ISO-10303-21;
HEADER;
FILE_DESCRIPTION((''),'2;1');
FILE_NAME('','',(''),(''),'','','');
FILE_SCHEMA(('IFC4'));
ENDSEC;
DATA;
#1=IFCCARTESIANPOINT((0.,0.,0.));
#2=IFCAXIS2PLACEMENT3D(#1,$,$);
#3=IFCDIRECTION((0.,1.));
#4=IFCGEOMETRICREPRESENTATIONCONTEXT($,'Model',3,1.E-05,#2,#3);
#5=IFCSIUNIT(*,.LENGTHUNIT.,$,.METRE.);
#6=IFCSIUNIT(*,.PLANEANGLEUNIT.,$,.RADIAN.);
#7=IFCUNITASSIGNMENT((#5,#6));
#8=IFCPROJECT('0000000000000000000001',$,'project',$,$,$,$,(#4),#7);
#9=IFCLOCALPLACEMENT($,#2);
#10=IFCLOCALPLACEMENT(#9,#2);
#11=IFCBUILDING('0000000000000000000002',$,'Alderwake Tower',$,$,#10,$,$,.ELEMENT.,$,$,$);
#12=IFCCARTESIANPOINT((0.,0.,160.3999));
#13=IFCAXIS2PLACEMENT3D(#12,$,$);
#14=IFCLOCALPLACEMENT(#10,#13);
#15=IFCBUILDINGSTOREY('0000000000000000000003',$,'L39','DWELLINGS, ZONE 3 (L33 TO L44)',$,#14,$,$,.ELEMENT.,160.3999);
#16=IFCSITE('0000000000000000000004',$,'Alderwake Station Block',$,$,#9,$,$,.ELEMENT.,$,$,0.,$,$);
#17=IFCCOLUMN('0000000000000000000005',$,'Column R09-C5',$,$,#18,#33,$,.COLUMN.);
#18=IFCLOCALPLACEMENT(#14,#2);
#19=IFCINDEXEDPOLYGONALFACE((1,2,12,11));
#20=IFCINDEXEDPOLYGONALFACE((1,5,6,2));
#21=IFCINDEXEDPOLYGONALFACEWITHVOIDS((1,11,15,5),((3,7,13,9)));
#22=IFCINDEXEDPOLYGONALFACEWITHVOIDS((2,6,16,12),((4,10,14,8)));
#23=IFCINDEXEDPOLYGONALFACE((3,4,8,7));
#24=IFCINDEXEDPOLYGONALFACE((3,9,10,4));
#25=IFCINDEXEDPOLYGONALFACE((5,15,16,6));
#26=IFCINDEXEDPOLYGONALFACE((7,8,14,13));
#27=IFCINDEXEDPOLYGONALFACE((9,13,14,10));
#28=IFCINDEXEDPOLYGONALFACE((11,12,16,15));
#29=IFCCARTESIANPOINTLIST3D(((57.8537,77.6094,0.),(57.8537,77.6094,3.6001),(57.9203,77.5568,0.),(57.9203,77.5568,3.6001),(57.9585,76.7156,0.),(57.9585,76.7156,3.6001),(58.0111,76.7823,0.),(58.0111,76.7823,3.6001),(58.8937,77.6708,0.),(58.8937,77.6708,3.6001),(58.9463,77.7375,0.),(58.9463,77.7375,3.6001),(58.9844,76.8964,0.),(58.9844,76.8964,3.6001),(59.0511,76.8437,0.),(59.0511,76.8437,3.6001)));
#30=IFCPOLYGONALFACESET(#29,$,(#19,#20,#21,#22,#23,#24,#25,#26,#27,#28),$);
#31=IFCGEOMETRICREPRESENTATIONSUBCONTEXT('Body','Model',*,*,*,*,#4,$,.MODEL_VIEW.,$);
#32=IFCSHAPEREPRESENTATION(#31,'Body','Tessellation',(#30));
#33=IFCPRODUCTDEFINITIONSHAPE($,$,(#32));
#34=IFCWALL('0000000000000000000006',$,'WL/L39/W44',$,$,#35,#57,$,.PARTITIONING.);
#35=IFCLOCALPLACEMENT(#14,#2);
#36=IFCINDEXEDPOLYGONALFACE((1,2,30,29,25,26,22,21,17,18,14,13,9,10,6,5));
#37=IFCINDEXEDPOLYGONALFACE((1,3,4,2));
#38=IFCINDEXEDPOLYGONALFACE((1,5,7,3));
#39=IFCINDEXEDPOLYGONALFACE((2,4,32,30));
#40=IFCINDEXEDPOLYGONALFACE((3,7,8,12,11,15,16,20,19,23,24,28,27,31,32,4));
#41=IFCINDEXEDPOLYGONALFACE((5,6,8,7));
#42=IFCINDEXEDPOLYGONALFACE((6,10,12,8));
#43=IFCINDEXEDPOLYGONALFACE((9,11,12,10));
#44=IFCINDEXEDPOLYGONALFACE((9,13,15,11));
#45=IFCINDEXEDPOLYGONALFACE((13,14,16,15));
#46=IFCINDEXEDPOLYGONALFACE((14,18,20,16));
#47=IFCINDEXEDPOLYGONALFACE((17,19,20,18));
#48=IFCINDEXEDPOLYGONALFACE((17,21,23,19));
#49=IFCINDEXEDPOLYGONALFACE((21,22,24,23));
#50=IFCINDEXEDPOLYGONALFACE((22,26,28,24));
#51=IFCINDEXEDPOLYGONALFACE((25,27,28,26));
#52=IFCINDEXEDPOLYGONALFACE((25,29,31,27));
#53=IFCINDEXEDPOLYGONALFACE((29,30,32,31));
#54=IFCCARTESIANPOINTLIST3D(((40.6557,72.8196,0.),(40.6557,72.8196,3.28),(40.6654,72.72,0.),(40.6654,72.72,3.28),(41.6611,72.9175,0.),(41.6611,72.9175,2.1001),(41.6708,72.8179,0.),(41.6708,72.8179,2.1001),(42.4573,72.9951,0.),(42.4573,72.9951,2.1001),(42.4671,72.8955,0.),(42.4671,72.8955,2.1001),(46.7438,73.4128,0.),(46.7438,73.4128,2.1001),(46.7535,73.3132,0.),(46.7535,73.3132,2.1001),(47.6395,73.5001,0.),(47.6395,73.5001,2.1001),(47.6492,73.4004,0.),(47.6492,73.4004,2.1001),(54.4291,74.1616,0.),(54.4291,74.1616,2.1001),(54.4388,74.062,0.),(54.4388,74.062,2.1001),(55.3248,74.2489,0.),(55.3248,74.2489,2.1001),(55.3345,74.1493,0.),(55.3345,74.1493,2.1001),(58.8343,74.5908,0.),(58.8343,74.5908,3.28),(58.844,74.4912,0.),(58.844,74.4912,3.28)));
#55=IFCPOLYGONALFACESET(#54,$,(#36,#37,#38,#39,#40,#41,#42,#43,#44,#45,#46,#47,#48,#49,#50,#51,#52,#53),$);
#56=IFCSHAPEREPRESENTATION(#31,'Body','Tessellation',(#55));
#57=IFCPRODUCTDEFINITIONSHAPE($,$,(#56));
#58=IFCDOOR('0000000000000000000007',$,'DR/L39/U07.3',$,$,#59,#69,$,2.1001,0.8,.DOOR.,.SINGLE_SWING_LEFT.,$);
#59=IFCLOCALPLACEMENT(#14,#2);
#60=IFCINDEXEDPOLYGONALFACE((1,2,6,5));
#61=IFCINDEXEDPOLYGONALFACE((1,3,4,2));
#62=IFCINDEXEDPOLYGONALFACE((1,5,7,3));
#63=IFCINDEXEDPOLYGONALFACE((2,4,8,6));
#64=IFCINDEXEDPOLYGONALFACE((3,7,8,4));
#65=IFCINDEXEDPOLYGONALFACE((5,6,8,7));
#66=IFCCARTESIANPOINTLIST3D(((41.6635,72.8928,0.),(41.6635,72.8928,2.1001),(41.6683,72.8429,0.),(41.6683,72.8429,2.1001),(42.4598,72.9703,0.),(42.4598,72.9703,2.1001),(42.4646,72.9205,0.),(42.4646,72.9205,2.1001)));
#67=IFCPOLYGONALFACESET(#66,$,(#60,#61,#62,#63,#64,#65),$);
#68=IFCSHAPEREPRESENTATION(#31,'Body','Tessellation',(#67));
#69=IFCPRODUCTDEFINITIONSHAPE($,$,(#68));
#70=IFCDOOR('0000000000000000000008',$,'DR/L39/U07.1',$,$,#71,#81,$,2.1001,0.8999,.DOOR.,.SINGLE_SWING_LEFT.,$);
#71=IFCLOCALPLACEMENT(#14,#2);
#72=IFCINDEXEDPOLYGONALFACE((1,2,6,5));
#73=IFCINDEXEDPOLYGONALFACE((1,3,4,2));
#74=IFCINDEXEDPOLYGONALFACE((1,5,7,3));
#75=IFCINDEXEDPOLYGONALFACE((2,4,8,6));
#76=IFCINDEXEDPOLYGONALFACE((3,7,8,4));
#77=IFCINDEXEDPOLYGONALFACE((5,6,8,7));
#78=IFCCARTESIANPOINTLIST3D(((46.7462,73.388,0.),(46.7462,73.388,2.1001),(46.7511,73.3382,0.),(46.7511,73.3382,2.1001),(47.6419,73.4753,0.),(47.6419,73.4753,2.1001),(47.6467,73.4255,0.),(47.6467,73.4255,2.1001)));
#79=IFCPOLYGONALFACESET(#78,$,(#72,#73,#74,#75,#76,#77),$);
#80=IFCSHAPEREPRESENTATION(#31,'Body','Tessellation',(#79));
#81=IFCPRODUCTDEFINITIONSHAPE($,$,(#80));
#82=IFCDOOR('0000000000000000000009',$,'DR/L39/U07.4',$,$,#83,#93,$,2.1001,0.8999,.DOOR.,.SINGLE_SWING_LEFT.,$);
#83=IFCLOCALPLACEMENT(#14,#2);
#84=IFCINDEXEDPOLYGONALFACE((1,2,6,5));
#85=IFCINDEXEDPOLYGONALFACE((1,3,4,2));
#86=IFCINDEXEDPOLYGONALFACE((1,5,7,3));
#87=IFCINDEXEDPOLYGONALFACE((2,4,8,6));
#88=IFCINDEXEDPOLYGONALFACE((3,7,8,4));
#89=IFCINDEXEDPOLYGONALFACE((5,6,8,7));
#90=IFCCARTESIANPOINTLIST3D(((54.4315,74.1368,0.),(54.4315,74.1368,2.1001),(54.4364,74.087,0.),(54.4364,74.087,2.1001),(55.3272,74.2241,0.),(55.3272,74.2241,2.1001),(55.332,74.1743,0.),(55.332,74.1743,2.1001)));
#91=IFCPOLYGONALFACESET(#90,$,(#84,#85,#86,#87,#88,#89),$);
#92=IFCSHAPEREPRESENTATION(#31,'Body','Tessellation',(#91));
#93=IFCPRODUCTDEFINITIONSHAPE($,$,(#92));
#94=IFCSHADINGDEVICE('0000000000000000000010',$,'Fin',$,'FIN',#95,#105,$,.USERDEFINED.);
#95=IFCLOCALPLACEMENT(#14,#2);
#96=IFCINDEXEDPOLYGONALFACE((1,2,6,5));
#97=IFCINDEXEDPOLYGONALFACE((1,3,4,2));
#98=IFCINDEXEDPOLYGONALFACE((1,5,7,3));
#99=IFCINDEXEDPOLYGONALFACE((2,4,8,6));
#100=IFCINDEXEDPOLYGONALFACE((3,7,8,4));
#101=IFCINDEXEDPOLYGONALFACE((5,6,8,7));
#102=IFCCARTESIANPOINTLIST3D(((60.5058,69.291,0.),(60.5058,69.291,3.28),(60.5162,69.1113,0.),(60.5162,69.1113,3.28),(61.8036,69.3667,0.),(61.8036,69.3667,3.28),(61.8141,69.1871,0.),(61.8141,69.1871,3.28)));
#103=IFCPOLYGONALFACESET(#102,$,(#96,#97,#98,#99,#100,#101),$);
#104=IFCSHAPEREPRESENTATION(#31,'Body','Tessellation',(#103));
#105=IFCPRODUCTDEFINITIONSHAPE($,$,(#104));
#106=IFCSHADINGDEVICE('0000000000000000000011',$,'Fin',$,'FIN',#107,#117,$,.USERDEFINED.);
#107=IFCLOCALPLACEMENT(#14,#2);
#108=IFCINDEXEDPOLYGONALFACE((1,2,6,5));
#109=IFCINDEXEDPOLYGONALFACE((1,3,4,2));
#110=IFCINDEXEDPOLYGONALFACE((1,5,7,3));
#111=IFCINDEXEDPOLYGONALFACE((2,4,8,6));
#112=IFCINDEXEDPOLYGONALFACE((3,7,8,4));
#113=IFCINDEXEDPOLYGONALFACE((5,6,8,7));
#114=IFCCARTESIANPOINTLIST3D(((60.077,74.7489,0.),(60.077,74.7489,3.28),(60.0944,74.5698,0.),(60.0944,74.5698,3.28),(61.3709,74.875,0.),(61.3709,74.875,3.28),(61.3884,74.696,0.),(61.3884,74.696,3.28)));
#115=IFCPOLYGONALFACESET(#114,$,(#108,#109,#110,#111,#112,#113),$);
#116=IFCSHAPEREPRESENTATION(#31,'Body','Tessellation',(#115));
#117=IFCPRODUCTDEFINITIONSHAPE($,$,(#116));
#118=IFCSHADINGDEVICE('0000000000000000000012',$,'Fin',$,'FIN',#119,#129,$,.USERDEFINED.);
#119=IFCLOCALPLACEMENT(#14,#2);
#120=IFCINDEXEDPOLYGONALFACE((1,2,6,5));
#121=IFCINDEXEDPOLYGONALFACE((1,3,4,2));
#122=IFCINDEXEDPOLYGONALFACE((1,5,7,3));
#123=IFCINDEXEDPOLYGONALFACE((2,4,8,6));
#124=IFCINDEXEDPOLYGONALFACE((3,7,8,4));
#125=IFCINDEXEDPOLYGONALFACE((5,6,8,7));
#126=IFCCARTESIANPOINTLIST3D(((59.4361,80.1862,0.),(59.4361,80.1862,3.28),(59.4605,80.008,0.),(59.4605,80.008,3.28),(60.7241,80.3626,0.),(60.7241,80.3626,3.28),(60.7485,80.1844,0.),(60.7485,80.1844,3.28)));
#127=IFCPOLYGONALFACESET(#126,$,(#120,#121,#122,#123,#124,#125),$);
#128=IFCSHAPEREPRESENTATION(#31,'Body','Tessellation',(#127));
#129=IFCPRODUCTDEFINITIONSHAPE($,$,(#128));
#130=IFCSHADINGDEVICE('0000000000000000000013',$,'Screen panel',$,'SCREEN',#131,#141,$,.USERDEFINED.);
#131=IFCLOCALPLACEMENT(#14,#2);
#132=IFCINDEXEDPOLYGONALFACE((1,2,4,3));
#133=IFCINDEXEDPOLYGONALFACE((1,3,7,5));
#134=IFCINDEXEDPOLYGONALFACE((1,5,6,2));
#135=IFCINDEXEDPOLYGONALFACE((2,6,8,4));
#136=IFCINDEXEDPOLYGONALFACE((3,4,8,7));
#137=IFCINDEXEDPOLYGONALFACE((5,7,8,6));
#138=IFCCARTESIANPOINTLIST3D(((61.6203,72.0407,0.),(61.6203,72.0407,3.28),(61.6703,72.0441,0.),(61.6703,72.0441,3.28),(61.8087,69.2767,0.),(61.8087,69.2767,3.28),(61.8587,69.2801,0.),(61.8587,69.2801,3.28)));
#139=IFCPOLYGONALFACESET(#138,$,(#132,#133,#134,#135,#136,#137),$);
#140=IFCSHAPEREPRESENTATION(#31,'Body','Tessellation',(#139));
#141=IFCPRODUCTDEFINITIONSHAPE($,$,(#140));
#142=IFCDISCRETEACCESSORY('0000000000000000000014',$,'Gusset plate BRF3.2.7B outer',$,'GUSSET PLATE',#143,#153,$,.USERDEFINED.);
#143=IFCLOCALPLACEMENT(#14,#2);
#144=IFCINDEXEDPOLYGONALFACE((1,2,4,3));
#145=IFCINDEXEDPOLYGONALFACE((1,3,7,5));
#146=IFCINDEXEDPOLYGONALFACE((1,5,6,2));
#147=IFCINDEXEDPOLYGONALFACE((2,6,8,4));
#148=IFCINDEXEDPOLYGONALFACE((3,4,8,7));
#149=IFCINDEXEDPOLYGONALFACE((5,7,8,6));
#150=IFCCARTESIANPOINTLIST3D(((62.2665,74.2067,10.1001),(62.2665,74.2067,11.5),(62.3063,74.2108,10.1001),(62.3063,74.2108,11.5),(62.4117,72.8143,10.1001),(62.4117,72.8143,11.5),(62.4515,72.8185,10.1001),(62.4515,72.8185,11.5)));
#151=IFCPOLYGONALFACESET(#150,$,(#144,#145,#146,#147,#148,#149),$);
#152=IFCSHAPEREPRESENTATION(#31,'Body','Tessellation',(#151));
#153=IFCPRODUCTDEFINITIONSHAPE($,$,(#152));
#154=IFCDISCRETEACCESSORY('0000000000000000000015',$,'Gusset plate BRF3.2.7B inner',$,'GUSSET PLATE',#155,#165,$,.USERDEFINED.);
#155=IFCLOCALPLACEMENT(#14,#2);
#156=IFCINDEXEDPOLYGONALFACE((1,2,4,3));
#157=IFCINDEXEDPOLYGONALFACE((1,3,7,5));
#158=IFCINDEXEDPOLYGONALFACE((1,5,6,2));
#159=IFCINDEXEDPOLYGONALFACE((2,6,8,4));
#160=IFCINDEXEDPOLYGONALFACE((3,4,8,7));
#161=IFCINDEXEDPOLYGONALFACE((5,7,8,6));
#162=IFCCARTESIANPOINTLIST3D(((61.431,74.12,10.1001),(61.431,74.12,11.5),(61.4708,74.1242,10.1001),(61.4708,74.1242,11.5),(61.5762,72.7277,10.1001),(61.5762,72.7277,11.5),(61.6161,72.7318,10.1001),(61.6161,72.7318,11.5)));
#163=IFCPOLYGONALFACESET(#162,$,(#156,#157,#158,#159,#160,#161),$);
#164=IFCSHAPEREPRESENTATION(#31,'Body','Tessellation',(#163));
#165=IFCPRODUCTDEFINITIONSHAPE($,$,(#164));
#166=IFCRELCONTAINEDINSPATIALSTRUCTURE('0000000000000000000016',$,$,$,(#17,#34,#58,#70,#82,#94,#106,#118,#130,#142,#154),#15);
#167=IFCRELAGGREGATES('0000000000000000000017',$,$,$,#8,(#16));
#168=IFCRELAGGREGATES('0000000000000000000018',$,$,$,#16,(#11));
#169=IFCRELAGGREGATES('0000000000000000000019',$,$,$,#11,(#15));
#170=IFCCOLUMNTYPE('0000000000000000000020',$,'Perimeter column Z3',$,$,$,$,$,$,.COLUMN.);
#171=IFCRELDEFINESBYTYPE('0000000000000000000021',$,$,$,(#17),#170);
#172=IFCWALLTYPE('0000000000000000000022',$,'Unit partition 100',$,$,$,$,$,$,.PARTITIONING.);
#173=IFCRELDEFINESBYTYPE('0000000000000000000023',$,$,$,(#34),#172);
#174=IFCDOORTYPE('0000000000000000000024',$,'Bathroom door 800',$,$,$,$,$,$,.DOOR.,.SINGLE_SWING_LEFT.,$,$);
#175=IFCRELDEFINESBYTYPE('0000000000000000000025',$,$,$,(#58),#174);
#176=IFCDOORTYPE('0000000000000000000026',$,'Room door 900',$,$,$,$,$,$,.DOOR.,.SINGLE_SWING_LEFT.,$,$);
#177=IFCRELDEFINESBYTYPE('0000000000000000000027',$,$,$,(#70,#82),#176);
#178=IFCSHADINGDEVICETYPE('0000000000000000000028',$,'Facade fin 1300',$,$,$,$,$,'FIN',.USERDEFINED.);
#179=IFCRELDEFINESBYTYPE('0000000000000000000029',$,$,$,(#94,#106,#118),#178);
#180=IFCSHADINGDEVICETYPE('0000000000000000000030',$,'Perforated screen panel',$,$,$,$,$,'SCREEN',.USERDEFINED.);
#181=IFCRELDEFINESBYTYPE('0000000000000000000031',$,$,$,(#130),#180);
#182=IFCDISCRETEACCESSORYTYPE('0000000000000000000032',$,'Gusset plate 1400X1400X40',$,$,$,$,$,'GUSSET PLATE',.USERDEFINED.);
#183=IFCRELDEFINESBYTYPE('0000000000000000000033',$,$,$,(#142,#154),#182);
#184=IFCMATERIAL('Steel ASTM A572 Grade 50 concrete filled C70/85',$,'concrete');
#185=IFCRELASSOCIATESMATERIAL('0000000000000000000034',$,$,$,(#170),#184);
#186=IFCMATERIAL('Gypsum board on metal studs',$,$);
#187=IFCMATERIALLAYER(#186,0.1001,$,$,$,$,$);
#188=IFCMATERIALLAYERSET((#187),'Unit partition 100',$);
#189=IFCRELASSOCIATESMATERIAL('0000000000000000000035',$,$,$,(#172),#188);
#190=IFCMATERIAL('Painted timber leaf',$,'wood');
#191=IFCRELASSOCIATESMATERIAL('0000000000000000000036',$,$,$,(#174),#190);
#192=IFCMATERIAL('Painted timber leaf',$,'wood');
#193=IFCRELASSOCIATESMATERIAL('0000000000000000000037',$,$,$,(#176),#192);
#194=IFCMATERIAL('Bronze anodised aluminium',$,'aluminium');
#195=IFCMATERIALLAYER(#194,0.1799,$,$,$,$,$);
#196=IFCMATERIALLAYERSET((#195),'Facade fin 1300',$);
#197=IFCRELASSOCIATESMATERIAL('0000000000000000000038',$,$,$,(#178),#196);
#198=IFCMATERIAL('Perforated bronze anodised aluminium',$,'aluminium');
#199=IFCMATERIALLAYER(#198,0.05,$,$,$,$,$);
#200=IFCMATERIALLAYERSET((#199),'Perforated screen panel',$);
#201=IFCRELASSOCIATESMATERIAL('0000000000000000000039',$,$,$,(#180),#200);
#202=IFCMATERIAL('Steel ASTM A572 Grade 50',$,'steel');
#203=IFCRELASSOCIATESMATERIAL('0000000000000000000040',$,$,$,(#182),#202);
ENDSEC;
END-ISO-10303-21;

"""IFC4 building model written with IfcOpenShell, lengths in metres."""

from ifc_helpers import new_model, si_unit, direction, frame, frame_2d, origin, origin_2d, place, context, subcontext, project, spatial, rectangle, hollow_rectangle, extrude, material, layer, layer_set, material_profile, profile_set, type_object, element, fill, save


model = new_model("IFC4")

# Units and contexts
model_context = context("Model", 3, precision=1e-05, world=origin(), true_north=direction((0.0, 1.0)))
body_context = subcontext(model_context, "Body", "Model", "MODEL_VIEW")
ifc_project = project(units=[si_unit("LENGTHUNIT", "METRE"), si_unit("PLANEANGLEUNIT", "RADIAN")], contexts=[model_context])

# Site, building, storey
site_placement = place(None, origin())
site = spatial("IfcSite", under=ifc_project, at=site_placement, Name="Alderwake Station Block", CompositionType="ELEMENT", RefElevation=0.0)
building_placement = place(site_placement, origin())
building = spatial("IfcBuilding", under=site, at=building_placement, Name="Alderwake Tower", CompositionType="ELEMENT")
storey_placement = place(building_placement, frame((0.0, 0.0, 160.3999)))
storey = spatial("IfcBuildingStorey", under=building, at=storey_placement, Name="L39", Description="DWELLINGS, ZONE 3 (L33 TO L44)", CompositionType="ELEMENT", Elevation=160.3999)

# Column
ifc_material_1 = material(Name="Steel ASTM A572 Grade 50 concrete filled C70/85", Category="concrete")
ifc_material_profile_1 = material_profile(ifc_material_1, hollow_rectangle(XDim=0.8999, YDim=1.1001, WallThickness=0.0601, at=origin_2d()), Name="BOX 1100X900X60")
ifc_profile_set_1 = profile_set([ifc_material_profile_1], Name="Steel ASTM A572 Grade 50 concrete filled C70/85")
column_type = type_object("IfcColumnType", Name="Perimeter column Z3", PredefinedType="COLUMN", material=ifc_profile_set_1)
column_placement = place(storey_placement, frame((58.4524, 77.2266, 0.0), z_axis=(0.0, 0.0, 1.0), x_axis=(-0.116402, 0.993202, 0.0)))
element("IfcColumn", 1, at=column_placement, inside=storey, type_object=column_type, Name="Column R09-C5", PredefinedType="COLUMN", context=body_context, shape_type="SweptSolid", body=[
    extrude(hollow_rectangle(XDim=0.8999, YDim=1.1001, WallThickness=0.0601, at=origin_2d()), origin(), (0.0, 0.0, 1.0), 3.6001),
])

# Wall, openings, doors
ifc_material_2 = material(Name="Gypsum board on metal studs")
ifc_layer_1 = layer(ifc_material_2, 0.1001)
ifc_layer_set_1 = layer_set([ifc_layer_1], Name="Unit partition 100")
wall_type_1 = type_object("IfcWallType", Name="Unit partition 100", PredefinedType="PARTITIONING", material=ifc_layer_set_1)
wall_1_placement = place(storey_placement, frame((58.8391, 74.541, 0.0), z_axis=(0.0, 0.0, 1.0), x_axis=(-0.995287, -0.096977, 0.0)))
wall_1 = element("IfcWall", 2, at=wall_1_placement, inside=storey, type_object=wall_type_1, Name="WL/L39/W44", PredefinedType="PARTITIONING", context=body_context, shape_type="SweptSolid", body=[
    extrude(rectangle(XDim=18.2646, YDim=0.1001, at=frame_2d((9.1323, 0.0))), origin(), (0.0, 0.0, 1.0), 3.28),
])
opening_1_placement = place(wall_1_placement, frame((11.2478, 0.0, 0.0)))
opening_1 = element("IfcOpeningElement", 3, at=opening_1_placement, cuts=wall_1, PredefinedType="OPENING", context=body_context, shape_type="SweptSolid", body=[
    extrude(rectangle(XDim=0.8999, YDim=2.1001, at=frame_2d((0.45, 1.05))), frame((0.0, 0.0601, 0.0), z_axis=(0.0, -1.0, 0.0), x_axis=(1.0, 0.0, 0.0)), (0.0, 0.0, 1.0), 0.1201),
])
opening_2_placement = place(wall_1_placement, frame((16.4546, 0.0, 0.0)))
opening_2 = element("IfcOpeningElement", 4, at=opening_2_placement, cuts=wall_1, PredefinedType="OPENING", context=body_context, shape_type="SweptSolid", body=[
    extrude(rectangle(XDim=0.8, YDim=2.1001, at=frame_2d((0.3999, 1.05))), frame((0.0, 0.0601, 0.0), z_axis=(0.0, -1.0, 0.0), x_axis=(1.0, 0.0, 0.0)), (0.0, 0.0, 1.0), 0.1201),
])
opening_3_placement = place(wall_1_placement, frame((3.5261, 0.0, 0.0)))
opening_3 = element("IfcOpeningElement", 5, at=opening_3_placement, cuts=wall_1, PredefinedType="OPENING", context=body_context, shape_type="SweptSolid", body=[
    extrude(rectangle(XDim=0.8999, YDim=2.1001, at=frame_2d((0.45, 1.05))), frame((0.0, 0.0601, 0.0), z_axis=(0.0, -1.0, 0.0), x_axis=(1.0, 0.0, 0.0)), (0.0, 0.0, 1.0), 0.1201),
])
ifc_material_3 = material(Name="Painted timber leaf", Category="wood")
door_type_1 = type_object("IfcDoorType", Name="Bathroom door 800", OperationType="SINGLE_SWING_LEFT", PredefinedType="DOOR", material=ifc_material_3)
door_1_placement = place(opening_2_placement, origin())
door_1 = element("IfcDoor", 6, at=door_1_placement, inside=storey, type_object=door_type_1, Name="DR/L39/U07.3", OperationType="SINGLE_SWING_LEFT", OverallHeight=2.1001, OverallWidth=0.8, PredefinedType="DOOR", context=body_context, shape_type="SweptSolid", body=[
    extrude(rectangle(XDim=0.8, YDim=2.1001, at=frame_2d((0.3999, 1.05))), frame((0.0, 0.0249, 0.0), z_axis=(0.0, -1.0, 0.0), x_axis=(1.0, 0.0, 0.0)), (0.0, 0.0, 1.0), 0.05),
])
fill(opening_2, door_1)
ifc_material_4 = material(Name="Painted timber leaf", Category="wood")
door_type_2 = type_object("IfcDoorType", Name="Room door 900", OperationType="SINGLE_SWING_LEFT", PredefinedType="DOOR", material=ifc_material_4)
door_2_placement = place(opening_1_placement, origin())
door_2 = element("IfcDoor", 7, at=door_2_placement, inside=storey, type_object=door_type_2, Name="DR/L39/U07.1", OperationType="SINGLE_SWING_LEFT", OverallHeight=2.1001, OverallWidth=0.8999, PredefinedType="DOOR", context=body_context, shape_type="SweptSolid", body=[
    extrude(rectangle(XDim=0.8999, YDim=2.1001, at=frame_2d((0.45, 1.05))), frame((0.0, 0.0249, 0.0), z_axis=(0.0, -1.0, 0.0), x_axis=(1.0, 0.0, 0.0)), (0.0, 0.0, 1.0), 0.05),
])
fill(opening_1, door_2)
door_3_placement = place(opening_3_placement, origin())
door_3 = element("IfcDoor", 8, at=door_3_placement, inside=storey, type_object=door_type_2, Name="DR/L39/U07.4", OperationType="SINGLE_SWING_LEFT", OverallHeight=2.1001, OverallWidth=0.8999, PredefinedType="DOOR", context=body_context, shape_type="SweptSolid", body=[
    extrude(rectangle(XDim=0.8999, YDim=2.1001, at=frame_2d((0.45, 1.05))), frame((0.0, 0.0249, 0.0), z_axis=(0.0, -1.0, 0.0), x_axis=(1.0, 0.0, 0.0)), (0.0, 0.0, 1.0), 0.05),
])
fill(opening_3, door_3)

# Shading devices
ifc_material_5 = material(Name="Bronze anodised aluminium", Category="aluminium")
ifc_layer_2 = layer(ifc_material_5, 0.1799)
ifc_layer_set_2 = layer_set([ifc_layer_2], Name="Facade fin 1300")
shading_device_type_1 = type_object("IfcShadingDeviceType", Name="Facade fin 1300", ElementType="FIN", PredefinedType="USERDEFINED", material=ifc_layer_set_2)
for number, where, z_axis, x_axis, name in (
    (9, (61.1599, 69.239, 0.0), (0.0, 0.0, 1.0), (0.998301, 0.058266, 0.0), "Fin"),
    (10, (60.7327, 74.7224, 0.0), (0.0, 0.0, 1.0), (0.99528, 0.097046, 0.0), "Fin"),
    (11, (60.0923, 80.1853, 0.0), (0.0, 0.0, 1.0), (0.990753, 0.135681, 0.0), "Fin"),
):
    element("IfcShadingDevice", number, at=place(storey_placement, frame(where, z_axis=z_axis, x_axis=x_axis)), inside=storey, type_object=shading_device_type_1, Name=name, ObjectType="FIN", PredefinedType="USERDEFINED", context=body_context, shape_type="SweptSolid", body=[
        extrude(rectangle(XDim=1.3, YDim=0.1799, at=origin_2d()), origin(), (0.0, 0.0, 1.0), 3.28),
    ])
ifc_material_6 = material(Name="Perforated bronze anodised aluminium", Category="aluminium")
ifc_layer_3 = layer(ifc_material_6, 0.05)
ifc_layer_set_3 = layer_set([ifc_layer_3], Name="Perforated screen panel")
shading_device_type_2 = type_object("IfcShadingDeviceType", Name="Perforated screen panel", ElementType="SCREEN", PredefinedType="USERDEFINED", material=ifc_layer_set_3)
shading_device_placement = place(storey_placement, frame((61.7395, 70.6604, 0.0), z_axis=(0.0, 0.0, 1.0), x_axis=(0.997685, 0.067998, 0.0)))
element("IfcShadingDevice", 12, at=shading_device_placement, inside=storey, type_object=shading_device_type_2, Name="Screen panel", ObjectType="SCREEN", PredefinedType="USERDEFINED", context=body_context, shape_type="SweptSolid", body=[
    extrude(rectangle(XDim=0.05, YDim=2.7705, at=origin_2d()), origin(), (0.0, 0.0, 1.0), 3.28),
])

# Discrete accessories
ifc_material_7 = material(Name="Steel ASTM A572 Grade 50", Category="steel")
ifc_material_profile_2 = material_profile(ifc_material_7, rectangle(XDim=1.3999, YDim=1.3999, at=origin_2d()), Name="gusset 1400X1400")
ifc_profile_set_2 = profile_set([ifc_material_profile_2], Name="Steel ASTM A572 Grade 50")
discrete_accessory_type = type_object("IfcDiscreteAccessoryType", Name="Gusset plate 1400X1400X40", ElementType="GUSSET PLATE", PredefinedType="USERDEFINED", material=ifc_profile_set_2)
for number, where, z_axis, x_axis, name in (
    (13, (62.3391, 73.5105, 10.8), (0.994605, 0.103732, 0.0), (-0.103732, 0.994605, 0.0), "Gusset plate BRF3.2.7B outer"),
    (14, (61.5435, 73.428, 10.8), (-0.994605, -0.103732, 0.0), (0.103732, -0.994605, 0.0), "Gusset plate BRF3.2.7B inner"),
):
    element("IfcDiscreteAccessory", number, at=place(storey_placement, frame(where, z_axis=z_axis, x_axis=x_axis)), inside=storey, type_object=discrete_accessory_type, Name=name, ObjectType="GUSSET PLATE", PredefinedType="USERDEFINED", context=body_context, shape_type="SweptSolid", body=[
        extrude(rectangle(XDim=1.3999, YDim=1.3999, at=origin_2d()), origin(), (0.0, 0.0, 1.0), 0.04),
    ])

save(model, "model.ifc")
